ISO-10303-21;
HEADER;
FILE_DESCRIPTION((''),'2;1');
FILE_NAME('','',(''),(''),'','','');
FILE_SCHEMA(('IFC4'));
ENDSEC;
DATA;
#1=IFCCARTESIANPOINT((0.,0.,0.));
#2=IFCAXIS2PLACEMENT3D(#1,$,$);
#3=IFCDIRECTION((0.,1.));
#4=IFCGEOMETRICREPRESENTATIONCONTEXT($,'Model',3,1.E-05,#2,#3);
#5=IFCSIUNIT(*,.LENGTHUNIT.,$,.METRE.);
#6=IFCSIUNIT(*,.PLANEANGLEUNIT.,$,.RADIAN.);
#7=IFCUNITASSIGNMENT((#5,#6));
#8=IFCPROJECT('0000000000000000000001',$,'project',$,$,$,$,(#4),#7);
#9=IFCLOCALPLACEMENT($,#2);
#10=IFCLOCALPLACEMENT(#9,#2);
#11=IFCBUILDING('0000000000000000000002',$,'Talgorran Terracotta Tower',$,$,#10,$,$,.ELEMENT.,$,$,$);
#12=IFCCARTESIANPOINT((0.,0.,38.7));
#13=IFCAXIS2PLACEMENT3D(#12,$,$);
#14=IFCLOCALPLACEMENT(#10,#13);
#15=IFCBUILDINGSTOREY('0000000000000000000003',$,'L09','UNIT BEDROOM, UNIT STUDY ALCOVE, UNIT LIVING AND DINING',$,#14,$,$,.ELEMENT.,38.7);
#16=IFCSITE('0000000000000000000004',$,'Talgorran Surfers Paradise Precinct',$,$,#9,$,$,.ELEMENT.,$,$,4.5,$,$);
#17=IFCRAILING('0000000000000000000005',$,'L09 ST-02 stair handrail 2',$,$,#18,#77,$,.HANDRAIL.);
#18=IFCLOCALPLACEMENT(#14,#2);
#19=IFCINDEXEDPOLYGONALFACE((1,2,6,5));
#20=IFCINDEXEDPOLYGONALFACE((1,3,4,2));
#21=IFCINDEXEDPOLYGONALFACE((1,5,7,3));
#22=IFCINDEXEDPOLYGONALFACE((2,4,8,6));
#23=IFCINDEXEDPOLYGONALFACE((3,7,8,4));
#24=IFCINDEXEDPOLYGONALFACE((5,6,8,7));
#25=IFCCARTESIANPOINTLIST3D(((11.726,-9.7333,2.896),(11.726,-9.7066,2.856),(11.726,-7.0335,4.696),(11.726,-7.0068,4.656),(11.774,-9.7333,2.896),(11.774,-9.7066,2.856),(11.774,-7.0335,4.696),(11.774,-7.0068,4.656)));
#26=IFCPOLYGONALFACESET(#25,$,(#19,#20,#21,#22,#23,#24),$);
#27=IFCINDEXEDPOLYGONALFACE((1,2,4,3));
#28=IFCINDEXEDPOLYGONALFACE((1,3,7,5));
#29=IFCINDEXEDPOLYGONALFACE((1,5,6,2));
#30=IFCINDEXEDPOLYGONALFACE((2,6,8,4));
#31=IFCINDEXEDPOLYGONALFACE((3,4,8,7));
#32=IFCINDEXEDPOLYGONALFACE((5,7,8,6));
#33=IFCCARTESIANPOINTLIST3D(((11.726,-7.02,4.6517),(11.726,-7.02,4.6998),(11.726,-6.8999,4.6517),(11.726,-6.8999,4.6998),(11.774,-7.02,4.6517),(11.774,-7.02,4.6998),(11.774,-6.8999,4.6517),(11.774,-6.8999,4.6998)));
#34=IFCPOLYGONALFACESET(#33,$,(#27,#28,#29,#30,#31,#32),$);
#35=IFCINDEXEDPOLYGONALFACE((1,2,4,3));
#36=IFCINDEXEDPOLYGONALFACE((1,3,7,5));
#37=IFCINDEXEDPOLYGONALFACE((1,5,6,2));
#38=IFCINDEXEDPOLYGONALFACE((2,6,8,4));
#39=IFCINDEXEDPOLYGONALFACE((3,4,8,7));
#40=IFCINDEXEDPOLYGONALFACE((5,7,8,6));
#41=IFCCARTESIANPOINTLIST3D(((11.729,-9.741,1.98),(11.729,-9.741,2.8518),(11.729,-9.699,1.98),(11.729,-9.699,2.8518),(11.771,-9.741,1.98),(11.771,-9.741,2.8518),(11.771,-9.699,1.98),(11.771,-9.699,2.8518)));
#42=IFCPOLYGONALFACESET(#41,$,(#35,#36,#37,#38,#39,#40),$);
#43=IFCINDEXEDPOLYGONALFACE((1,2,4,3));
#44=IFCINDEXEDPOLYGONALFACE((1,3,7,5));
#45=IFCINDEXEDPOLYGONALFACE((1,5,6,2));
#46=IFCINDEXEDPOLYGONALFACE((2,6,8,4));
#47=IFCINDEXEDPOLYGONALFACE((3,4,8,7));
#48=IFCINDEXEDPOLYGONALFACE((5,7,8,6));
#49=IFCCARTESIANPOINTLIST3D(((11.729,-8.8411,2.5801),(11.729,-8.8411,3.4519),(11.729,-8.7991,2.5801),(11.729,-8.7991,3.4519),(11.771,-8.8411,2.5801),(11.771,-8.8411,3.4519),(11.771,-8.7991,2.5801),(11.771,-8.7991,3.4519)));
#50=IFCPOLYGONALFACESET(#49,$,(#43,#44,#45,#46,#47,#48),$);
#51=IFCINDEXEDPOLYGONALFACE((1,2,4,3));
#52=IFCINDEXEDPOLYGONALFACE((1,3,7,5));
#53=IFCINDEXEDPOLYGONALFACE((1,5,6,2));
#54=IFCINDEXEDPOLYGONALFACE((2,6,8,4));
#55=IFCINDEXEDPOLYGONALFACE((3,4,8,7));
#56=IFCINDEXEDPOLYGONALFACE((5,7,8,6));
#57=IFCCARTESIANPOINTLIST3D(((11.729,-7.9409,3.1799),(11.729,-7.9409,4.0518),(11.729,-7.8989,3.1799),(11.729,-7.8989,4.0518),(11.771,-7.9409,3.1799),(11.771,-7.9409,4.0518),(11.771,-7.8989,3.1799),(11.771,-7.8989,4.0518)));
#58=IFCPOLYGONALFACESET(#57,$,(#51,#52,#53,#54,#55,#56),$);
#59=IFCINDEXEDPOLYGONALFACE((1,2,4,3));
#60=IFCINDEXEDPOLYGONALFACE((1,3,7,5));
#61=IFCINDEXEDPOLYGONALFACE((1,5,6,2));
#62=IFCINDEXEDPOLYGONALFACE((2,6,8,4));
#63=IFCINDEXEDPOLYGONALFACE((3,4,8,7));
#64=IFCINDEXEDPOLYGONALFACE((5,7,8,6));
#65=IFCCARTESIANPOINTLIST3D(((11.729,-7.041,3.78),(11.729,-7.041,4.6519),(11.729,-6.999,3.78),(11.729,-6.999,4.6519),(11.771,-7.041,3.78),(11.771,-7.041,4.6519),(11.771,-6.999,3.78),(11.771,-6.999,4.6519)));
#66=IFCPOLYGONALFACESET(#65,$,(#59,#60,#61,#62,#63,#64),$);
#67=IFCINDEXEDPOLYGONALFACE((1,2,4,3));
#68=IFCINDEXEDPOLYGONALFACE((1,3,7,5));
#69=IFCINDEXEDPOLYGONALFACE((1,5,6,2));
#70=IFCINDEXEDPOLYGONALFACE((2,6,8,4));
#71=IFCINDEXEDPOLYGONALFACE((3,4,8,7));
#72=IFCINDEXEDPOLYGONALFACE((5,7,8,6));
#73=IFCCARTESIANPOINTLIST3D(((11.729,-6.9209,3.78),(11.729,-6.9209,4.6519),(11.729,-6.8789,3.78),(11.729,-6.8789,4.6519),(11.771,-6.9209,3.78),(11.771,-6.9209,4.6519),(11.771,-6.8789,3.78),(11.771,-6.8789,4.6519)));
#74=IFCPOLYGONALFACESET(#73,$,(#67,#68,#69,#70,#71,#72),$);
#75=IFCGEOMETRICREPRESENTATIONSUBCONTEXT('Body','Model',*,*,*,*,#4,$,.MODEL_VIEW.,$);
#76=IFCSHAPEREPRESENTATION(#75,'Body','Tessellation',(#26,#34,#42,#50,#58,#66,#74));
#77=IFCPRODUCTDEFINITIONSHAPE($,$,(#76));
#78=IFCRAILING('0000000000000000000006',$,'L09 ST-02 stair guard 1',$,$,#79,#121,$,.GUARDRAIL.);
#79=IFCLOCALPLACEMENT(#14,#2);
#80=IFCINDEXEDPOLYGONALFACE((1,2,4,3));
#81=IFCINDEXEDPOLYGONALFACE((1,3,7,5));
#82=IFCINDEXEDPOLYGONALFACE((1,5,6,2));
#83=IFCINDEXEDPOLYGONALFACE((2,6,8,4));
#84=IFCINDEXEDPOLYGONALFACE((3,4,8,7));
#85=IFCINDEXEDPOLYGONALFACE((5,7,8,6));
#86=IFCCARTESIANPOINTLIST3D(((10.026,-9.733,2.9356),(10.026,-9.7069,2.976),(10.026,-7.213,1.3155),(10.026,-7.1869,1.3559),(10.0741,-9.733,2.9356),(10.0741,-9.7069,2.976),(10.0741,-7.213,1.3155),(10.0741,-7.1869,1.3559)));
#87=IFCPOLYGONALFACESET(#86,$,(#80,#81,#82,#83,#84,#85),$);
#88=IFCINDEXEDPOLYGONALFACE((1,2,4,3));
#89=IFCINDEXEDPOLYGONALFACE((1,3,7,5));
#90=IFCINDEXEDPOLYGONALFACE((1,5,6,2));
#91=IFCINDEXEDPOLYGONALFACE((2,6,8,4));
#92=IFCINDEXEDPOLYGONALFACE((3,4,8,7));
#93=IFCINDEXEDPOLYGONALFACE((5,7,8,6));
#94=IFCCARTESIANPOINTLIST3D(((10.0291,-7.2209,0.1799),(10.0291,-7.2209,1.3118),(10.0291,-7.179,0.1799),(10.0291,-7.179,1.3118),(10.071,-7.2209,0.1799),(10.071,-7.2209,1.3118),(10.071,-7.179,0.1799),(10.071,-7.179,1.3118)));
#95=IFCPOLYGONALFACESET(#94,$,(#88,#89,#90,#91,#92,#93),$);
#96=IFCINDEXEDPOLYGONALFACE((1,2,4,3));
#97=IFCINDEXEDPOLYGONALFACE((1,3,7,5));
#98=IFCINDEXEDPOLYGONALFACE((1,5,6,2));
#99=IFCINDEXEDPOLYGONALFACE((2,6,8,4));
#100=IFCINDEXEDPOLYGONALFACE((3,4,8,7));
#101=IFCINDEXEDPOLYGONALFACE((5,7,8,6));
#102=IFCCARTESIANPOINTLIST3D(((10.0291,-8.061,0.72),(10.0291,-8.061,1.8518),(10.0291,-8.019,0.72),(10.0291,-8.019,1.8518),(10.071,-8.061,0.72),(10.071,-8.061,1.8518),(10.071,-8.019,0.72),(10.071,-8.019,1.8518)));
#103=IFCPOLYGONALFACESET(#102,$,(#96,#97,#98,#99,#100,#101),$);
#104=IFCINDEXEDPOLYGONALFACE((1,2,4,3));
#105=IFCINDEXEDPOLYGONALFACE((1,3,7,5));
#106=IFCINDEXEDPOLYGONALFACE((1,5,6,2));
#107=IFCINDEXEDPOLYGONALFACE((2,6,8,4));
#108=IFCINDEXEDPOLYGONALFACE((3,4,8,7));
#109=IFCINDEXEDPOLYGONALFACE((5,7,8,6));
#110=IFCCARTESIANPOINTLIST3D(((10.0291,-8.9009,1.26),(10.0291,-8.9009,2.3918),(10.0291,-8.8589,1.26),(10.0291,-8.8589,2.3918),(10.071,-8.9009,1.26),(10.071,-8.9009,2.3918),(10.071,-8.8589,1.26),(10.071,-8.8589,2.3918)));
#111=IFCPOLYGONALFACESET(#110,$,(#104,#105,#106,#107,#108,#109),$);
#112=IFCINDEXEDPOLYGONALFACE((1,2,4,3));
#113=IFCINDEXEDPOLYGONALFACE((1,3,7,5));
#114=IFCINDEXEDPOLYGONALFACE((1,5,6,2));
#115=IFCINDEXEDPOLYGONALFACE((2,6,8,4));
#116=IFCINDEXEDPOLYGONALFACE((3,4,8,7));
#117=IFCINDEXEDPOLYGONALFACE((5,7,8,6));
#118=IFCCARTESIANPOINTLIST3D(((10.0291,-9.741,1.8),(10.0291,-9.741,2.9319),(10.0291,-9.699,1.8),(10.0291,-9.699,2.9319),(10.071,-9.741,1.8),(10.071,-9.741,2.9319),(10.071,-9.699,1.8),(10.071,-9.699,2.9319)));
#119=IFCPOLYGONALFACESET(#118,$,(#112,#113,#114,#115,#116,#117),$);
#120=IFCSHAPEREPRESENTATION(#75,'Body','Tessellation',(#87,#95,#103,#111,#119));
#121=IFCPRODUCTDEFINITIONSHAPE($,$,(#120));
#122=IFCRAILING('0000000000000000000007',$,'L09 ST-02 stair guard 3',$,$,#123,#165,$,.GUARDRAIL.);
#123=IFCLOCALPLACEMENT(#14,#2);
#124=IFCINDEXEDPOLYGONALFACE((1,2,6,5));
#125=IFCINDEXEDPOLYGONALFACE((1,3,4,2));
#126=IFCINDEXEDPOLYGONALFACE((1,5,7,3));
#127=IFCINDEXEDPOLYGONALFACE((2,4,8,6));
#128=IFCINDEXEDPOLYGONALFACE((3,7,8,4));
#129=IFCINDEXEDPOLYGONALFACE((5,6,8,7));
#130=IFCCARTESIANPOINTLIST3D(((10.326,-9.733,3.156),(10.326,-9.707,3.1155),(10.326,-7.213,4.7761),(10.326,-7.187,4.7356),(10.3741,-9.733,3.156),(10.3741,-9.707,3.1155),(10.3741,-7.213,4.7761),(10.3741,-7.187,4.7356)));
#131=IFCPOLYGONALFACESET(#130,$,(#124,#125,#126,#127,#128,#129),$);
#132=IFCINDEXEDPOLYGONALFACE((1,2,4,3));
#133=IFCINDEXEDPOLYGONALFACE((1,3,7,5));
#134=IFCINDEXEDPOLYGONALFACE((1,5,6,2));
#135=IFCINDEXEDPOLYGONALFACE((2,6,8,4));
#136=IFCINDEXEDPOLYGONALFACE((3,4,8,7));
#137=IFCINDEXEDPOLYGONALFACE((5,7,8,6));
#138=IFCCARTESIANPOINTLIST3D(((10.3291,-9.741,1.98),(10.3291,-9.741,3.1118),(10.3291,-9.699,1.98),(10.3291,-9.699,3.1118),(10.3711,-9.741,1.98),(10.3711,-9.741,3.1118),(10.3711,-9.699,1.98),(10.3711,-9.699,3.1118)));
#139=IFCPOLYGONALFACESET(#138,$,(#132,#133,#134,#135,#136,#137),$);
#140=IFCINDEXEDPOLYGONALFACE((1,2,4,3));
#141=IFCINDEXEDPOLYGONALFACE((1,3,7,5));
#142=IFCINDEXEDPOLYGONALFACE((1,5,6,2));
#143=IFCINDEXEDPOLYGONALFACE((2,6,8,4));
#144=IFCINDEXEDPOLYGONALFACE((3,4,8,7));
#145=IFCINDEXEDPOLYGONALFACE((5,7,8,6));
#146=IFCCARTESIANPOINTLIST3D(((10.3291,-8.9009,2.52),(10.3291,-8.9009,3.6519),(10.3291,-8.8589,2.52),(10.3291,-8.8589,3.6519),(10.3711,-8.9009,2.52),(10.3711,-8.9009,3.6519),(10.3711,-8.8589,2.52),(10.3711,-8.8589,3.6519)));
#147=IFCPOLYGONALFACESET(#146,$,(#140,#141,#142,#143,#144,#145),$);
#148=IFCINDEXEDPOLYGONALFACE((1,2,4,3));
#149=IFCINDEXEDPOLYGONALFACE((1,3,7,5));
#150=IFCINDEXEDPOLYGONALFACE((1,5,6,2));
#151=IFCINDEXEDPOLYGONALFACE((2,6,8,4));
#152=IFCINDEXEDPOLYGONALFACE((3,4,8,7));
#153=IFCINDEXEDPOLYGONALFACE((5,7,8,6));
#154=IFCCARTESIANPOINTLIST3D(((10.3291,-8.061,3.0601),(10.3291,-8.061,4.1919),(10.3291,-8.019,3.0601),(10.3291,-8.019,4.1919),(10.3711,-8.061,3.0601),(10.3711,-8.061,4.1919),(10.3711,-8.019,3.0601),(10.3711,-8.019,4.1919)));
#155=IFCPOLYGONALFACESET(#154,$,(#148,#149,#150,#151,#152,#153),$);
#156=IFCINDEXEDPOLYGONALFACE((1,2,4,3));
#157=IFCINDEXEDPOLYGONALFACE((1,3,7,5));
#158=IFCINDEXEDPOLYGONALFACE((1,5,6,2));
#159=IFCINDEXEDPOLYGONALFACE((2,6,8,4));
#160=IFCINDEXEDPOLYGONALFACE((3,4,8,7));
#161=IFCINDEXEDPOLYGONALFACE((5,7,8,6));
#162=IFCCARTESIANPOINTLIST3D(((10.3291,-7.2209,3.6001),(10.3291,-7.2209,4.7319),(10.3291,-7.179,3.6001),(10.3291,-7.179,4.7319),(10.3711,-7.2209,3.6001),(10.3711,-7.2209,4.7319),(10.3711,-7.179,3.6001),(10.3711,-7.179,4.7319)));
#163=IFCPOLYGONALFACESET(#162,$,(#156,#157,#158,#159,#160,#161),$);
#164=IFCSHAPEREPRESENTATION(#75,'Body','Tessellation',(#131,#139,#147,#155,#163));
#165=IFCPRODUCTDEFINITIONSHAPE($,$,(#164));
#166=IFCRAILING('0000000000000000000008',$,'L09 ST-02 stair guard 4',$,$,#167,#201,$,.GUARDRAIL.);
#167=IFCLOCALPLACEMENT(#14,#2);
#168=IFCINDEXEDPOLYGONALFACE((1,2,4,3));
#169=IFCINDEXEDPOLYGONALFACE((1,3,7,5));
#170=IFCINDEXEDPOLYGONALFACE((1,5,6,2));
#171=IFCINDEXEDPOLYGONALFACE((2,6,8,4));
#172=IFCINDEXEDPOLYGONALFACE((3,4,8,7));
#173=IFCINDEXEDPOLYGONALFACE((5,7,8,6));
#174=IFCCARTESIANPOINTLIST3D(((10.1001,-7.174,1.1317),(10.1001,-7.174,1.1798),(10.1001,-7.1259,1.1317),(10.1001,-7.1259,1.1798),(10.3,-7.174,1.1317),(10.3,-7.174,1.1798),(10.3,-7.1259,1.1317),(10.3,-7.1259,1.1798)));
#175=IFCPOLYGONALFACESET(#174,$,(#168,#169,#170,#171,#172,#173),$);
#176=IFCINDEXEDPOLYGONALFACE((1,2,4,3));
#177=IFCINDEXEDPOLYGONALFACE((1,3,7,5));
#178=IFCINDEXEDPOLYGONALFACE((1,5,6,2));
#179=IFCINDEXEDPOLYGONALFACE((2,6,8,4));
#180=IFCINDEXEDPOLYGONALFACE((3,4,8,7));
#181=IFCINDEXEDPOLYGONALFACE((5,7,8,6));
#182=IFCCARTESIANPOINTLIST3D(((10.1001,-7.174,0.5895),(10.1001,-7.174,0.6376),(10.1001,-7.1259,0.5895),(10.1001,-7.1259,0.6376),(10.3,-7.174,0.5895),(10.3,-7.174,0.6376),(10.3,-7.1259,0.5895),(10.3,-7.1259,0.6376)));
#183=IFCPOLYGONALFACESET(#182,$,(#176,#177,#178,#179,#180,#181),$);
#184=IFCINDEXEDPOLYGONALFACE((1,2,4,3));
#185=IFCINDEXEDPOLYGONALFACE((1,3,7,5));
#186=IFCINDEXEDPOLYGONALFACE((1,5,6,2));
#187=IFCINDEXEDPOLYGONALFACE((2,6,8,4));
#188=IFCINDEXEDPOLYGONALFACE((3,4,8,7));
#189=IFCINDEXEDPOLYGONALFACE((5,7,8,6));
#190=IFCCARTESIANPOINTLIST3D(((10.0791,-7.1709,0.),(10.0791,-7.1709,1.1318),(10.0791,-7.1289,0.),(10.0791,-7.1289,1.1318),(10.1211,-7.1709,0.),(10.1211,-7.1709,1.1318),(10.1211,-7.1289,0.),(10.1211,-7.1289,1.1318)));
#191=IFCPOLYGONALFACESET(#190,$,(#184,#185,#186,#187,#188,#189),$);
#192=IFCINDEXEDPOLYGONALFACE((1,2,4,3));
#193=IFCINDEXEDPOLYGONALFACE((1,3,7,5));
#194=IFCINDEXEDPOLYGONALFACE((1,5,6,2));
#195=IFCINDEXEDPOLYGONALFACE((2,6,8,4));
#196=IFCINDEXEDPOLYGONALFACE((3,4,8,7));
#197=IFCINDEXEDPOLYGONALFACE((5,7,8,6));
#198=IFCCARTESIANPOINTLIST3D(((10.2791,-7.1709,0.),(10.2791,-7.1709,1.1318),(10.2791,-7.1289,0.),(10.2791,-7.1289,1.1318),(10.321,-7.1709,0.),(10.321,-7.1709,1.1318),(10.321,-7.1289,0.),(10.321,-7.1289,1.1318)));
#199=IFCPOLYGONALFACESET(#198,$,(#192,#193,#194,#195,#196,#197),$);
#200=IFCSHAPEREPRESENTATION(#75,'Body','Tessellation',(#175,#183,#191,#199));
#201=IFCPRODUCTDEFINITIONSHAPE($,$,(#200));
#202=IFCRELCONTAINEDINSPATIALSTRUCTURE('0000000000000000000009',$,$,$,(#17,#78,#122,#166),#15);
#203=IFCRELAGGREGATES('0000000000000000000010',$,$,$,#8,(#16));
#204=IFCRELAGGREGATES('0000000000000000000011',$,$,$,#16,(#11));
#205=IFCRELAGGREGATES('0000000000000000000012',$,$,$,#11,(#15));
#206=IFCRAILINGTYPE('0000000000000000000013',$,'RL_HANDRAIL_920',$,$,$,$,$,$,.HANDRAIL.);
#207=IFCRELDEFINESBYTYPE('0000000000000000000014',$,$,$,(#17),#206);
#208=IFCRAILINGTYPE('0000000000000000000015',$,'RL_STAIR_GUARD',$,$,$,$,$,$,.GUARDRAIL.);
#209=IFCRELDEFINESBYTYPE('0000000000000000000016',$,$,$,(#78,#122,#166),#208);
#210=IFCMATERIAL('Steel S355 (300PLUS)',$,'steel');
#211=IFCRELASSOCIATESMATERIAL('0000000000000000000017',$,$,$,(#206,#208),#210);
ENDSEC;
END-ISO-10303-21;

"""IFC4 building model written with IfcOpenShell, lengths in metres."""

from ifc_helpers import new_model, si_unit, direction, frame, origin, origin_2d, place, context, subcontext, project, spatial, rectangle, extrude, material, type_object, element, save


model = new_model("IFC4")

# Units and contexts
model_context = context("Model", 3, precision=1e-05, world=origin(), true_north=direction((0.0, 1.0)))
body_context = subcontext(model_context, "Body", "Model", "MODEL_VIEW")
ifc_project = project(units=[si_unit("LENGTHUNIT", "METRE"), si_unit("PLANEANGLEUNIT", "RADIAN")], contexts=[model_context])

# Site, building, storey
site_placement = place(None, origin())
site = spatial("IfcSite", under=ifc_project, at=site_placement, Name="Talgorran Surfers Paradise Precinct", CompositionType="ELEMENT", RefElevation=4.5)
building_placement = place(site_placement, origin())
building = spatial("IfcBuilding", under=site, at=building_placement, Name="Talgorran Terracotta Tower", CompositionType="ELEMENT")
storey_placement = place(building_placement, frame((0.0, 0.0, 38.7)))
storey = spatial("IfcBuildingStorey", under=building, at=storey_placement, Name="L09", Description="UNIT BEDROOM, UNIT STUDY ALCOVE, UNIT LIVING AND DINING", CompositionType="ELEMENT", Elevation=38.7)

# Shared definitions
ifc_material_1 = material(Name="Steel S355 (300PLUS)", Category="steel")

# Railings
railing_type_1 = type_object("IfcRailingType", Name="RL_HANDRAIL_920", PredefinedType="HANDRAIL", material=ifc_material_1)
railing_1_placement = place(storey_placement, frame((11.75, -9.72, 1.98)))
element("IfcRailing", 1, at=railing_1_placement, inside=storey, type_object=railing_type_1, Name="L09 ST-02 stair handrail 2", PredefinedType="HANDRAIL", context=body_context, shape_type="SweptSolid", body=[
    extrude(rectangle(XDim=0.0481, YDim=0.0481, at=origin_2d()), frame((0.0, 0.0, 0.896), z_axis=(0.0, 0.832039, 0.554718), x_axis=(-1.0, 0.0, 0.0)), (0.0, 0.0, 1.0), 3.2449),
    extrude(rectangle(XDim=0.0481, YDim=0.0481, at=origin_2d()), frame((0.0, 2.7, 2.6958), z_axis=(0.0, 1.0, 0.0), x_axis=(-1.0, 0.0, 0.0)), (0.0, 0.0, 1.0), 0.1201),
    extrude(rectangle(XDim=0.042, YDim=0.042, at=origin_2d()), origin(), (0.0, 0.0, 1.0), 0.8718),
    extrude(rectangle(XDim=0.042, YDim=0.042, at=origin_2d()), frame((0.0, 0.8999, 0.6001)), (0.0, 0.0, 1.0), 0.8718),
    extrude(rectangle(XDim=0.042, YDim=0.042, at=origin_2d()), frame((0.0, 1.8, 1.2)), (0.0, 0.0, 1.0), 0.8718),
    extrude(rectangle(XDim=0.042, YDim=0.042, at=origin_2d()), frame((0.0, 2.7, 1.8)), (0.0, 0.0, 1.0), 0.8718),
    extrude(rectangle(XDim=0.042, YDim=0.042, at=origin_2d()), frame((0.0, 2.8201, 1.8)), (0.0, 0.0, 1.0), 0.8718),
])
railing_type_2 = type_object("IfcRailingType", Name="RL_STAIR_GUARD", PredefinedType="GUARDRAIL", material=ifc_material_1)
railing_2_placement = place(storey_placement, frame((10.05, -7.2, 0.1799)))
element("IfcRailing", 2, at=railing_2_placement, inside=storey, type_object=railing_type_2, Name="L09 ST-02 stair guard 1", PredefinedType="GUARDRAIL", context=body_context, shape_type="SweptSolid", body=[
    extrude(rectangle(XDim=0.0481, YDim=0.0481, at=origin_2d()), frame((0.0, 0.0, 1.1558), z_axis=(0.0, -0.841163, 0.540782), x_axis=(1.0, 0.0, 0.0)), (0.0, 0.0, 1.0), 2.9958),
    extrude(rectangle(XDim=0.042, YDim=0.042, at=origin_2d()), origin(), (0.0, 0.0, 1.0), 1.1318),
    extrude(rectangle(XDim=0.042, YDim=0.042, at=origin_2d()), frame((0.0, -0.8401, 0.54)), (0.0, 0.0, 1.0), 1.1318),
    extrude(rectangle(XDim=0.042, YDim=0.042, at=origin_2d()), frame((0.0, -1.6799, 1.0801)), (0.0, 0.0, 1.0), 1.1318),
    extrude(rectangle(XDim=0.042, YDim=0.042, at=origin_2d()), frame((0.0, -2.52, 1.6201)), (0.0, 0.0, 1.0), 1.1318),
])
railing_3_placement = place(storey_placement, frame((10.3501, -9.72, 1.98)))
element("IfcRailing", 3, at=railing_3_placement, inside=storey, type_object=railing_type_2, Name="L09 ST-02 stair guard 3", PredefinedType="GUARDRAIL", context=body_context, shape_type="SweptSolid", body=[
    extrude(rectangle(XDim=0.0481, YDim=0.0481, at=origin_2d()), frame((0.0, 0.0, 1.1558), z_axis=(0.0, 0.841163, 0.540782), x_axis=(-1.0, 0.0, 0.0)), (0.0, 0.0, 1.0), 2.9958),
    extrude(rectangle(XDim=0.042, YDim=0.042, at=origin_2d()), origin(), (0.0, 0.0, 1.0), 1.1318),
    extrude(rectangle(XDim=0.042, YDim=0.042, at=origin_2d()), frame((0.0, 0.8401, 0.54)), (0.0, 0.0, 1.0), 1.1318),
    extrude(rectangle(XDim=0.042, YDim=0.042, at=origin_2d()), frame((0.0, 1.6799, 1.0801)), (0.0, 0.0, 1.0), 1.1318),
    extrude(rectangle(XDim=0.042, YDim=0.042, at=origin_2d()), frame((0.0, 2.52, 1.6201)), (0.0, 0.0, 1.0), 1.1318),
])
railing_4_placement = place(storey_placement, frame((10.1001, -7.1499, 0.0)))
element("IfcRailing", 4, at=railing_4_placement, inside=storey, type_object=railing_type_2, Name="L09 ST-02 stair guard 4", PredefinedType="GUARDRAIL", context=body_context, shape_type="SweptSolid", body=[
    extrude(rectangle(XDim=0.0481, YDim=0.0481, at=origin_2d()), frame((0.0, 0.0, 1.1558), z_axis=(1.0, 0.0, 0.0), x_axis=(0.0, 1.0, 0.0)), (0.0, 0.0, 1.0), 0.2),
    extrude(rectangle(XDim=0.0481, YDim=0.0481, at=origin_2d()), frame((0.0, 0.0, 0.6135), z_axis=(1.0, 0.0, 0.0), x_axis=(0.0, 1.0, 0.0)), (0.0, 0.0, 1.0), 0.2),
    extrude(rectangle(XDim=0.042, YDim=0.042, at=origin_2d()), origin(), (0.0, 0.0, 1.0), 1.1318),
    extrude(rectangle(XDim=0.042, YDim=0.042, at=origin_2d()), frame((0.2, 0.0, 0.0)), (0.0, 0.0, 1.0), 1.1318),
])

save(model, "model.ifc")
